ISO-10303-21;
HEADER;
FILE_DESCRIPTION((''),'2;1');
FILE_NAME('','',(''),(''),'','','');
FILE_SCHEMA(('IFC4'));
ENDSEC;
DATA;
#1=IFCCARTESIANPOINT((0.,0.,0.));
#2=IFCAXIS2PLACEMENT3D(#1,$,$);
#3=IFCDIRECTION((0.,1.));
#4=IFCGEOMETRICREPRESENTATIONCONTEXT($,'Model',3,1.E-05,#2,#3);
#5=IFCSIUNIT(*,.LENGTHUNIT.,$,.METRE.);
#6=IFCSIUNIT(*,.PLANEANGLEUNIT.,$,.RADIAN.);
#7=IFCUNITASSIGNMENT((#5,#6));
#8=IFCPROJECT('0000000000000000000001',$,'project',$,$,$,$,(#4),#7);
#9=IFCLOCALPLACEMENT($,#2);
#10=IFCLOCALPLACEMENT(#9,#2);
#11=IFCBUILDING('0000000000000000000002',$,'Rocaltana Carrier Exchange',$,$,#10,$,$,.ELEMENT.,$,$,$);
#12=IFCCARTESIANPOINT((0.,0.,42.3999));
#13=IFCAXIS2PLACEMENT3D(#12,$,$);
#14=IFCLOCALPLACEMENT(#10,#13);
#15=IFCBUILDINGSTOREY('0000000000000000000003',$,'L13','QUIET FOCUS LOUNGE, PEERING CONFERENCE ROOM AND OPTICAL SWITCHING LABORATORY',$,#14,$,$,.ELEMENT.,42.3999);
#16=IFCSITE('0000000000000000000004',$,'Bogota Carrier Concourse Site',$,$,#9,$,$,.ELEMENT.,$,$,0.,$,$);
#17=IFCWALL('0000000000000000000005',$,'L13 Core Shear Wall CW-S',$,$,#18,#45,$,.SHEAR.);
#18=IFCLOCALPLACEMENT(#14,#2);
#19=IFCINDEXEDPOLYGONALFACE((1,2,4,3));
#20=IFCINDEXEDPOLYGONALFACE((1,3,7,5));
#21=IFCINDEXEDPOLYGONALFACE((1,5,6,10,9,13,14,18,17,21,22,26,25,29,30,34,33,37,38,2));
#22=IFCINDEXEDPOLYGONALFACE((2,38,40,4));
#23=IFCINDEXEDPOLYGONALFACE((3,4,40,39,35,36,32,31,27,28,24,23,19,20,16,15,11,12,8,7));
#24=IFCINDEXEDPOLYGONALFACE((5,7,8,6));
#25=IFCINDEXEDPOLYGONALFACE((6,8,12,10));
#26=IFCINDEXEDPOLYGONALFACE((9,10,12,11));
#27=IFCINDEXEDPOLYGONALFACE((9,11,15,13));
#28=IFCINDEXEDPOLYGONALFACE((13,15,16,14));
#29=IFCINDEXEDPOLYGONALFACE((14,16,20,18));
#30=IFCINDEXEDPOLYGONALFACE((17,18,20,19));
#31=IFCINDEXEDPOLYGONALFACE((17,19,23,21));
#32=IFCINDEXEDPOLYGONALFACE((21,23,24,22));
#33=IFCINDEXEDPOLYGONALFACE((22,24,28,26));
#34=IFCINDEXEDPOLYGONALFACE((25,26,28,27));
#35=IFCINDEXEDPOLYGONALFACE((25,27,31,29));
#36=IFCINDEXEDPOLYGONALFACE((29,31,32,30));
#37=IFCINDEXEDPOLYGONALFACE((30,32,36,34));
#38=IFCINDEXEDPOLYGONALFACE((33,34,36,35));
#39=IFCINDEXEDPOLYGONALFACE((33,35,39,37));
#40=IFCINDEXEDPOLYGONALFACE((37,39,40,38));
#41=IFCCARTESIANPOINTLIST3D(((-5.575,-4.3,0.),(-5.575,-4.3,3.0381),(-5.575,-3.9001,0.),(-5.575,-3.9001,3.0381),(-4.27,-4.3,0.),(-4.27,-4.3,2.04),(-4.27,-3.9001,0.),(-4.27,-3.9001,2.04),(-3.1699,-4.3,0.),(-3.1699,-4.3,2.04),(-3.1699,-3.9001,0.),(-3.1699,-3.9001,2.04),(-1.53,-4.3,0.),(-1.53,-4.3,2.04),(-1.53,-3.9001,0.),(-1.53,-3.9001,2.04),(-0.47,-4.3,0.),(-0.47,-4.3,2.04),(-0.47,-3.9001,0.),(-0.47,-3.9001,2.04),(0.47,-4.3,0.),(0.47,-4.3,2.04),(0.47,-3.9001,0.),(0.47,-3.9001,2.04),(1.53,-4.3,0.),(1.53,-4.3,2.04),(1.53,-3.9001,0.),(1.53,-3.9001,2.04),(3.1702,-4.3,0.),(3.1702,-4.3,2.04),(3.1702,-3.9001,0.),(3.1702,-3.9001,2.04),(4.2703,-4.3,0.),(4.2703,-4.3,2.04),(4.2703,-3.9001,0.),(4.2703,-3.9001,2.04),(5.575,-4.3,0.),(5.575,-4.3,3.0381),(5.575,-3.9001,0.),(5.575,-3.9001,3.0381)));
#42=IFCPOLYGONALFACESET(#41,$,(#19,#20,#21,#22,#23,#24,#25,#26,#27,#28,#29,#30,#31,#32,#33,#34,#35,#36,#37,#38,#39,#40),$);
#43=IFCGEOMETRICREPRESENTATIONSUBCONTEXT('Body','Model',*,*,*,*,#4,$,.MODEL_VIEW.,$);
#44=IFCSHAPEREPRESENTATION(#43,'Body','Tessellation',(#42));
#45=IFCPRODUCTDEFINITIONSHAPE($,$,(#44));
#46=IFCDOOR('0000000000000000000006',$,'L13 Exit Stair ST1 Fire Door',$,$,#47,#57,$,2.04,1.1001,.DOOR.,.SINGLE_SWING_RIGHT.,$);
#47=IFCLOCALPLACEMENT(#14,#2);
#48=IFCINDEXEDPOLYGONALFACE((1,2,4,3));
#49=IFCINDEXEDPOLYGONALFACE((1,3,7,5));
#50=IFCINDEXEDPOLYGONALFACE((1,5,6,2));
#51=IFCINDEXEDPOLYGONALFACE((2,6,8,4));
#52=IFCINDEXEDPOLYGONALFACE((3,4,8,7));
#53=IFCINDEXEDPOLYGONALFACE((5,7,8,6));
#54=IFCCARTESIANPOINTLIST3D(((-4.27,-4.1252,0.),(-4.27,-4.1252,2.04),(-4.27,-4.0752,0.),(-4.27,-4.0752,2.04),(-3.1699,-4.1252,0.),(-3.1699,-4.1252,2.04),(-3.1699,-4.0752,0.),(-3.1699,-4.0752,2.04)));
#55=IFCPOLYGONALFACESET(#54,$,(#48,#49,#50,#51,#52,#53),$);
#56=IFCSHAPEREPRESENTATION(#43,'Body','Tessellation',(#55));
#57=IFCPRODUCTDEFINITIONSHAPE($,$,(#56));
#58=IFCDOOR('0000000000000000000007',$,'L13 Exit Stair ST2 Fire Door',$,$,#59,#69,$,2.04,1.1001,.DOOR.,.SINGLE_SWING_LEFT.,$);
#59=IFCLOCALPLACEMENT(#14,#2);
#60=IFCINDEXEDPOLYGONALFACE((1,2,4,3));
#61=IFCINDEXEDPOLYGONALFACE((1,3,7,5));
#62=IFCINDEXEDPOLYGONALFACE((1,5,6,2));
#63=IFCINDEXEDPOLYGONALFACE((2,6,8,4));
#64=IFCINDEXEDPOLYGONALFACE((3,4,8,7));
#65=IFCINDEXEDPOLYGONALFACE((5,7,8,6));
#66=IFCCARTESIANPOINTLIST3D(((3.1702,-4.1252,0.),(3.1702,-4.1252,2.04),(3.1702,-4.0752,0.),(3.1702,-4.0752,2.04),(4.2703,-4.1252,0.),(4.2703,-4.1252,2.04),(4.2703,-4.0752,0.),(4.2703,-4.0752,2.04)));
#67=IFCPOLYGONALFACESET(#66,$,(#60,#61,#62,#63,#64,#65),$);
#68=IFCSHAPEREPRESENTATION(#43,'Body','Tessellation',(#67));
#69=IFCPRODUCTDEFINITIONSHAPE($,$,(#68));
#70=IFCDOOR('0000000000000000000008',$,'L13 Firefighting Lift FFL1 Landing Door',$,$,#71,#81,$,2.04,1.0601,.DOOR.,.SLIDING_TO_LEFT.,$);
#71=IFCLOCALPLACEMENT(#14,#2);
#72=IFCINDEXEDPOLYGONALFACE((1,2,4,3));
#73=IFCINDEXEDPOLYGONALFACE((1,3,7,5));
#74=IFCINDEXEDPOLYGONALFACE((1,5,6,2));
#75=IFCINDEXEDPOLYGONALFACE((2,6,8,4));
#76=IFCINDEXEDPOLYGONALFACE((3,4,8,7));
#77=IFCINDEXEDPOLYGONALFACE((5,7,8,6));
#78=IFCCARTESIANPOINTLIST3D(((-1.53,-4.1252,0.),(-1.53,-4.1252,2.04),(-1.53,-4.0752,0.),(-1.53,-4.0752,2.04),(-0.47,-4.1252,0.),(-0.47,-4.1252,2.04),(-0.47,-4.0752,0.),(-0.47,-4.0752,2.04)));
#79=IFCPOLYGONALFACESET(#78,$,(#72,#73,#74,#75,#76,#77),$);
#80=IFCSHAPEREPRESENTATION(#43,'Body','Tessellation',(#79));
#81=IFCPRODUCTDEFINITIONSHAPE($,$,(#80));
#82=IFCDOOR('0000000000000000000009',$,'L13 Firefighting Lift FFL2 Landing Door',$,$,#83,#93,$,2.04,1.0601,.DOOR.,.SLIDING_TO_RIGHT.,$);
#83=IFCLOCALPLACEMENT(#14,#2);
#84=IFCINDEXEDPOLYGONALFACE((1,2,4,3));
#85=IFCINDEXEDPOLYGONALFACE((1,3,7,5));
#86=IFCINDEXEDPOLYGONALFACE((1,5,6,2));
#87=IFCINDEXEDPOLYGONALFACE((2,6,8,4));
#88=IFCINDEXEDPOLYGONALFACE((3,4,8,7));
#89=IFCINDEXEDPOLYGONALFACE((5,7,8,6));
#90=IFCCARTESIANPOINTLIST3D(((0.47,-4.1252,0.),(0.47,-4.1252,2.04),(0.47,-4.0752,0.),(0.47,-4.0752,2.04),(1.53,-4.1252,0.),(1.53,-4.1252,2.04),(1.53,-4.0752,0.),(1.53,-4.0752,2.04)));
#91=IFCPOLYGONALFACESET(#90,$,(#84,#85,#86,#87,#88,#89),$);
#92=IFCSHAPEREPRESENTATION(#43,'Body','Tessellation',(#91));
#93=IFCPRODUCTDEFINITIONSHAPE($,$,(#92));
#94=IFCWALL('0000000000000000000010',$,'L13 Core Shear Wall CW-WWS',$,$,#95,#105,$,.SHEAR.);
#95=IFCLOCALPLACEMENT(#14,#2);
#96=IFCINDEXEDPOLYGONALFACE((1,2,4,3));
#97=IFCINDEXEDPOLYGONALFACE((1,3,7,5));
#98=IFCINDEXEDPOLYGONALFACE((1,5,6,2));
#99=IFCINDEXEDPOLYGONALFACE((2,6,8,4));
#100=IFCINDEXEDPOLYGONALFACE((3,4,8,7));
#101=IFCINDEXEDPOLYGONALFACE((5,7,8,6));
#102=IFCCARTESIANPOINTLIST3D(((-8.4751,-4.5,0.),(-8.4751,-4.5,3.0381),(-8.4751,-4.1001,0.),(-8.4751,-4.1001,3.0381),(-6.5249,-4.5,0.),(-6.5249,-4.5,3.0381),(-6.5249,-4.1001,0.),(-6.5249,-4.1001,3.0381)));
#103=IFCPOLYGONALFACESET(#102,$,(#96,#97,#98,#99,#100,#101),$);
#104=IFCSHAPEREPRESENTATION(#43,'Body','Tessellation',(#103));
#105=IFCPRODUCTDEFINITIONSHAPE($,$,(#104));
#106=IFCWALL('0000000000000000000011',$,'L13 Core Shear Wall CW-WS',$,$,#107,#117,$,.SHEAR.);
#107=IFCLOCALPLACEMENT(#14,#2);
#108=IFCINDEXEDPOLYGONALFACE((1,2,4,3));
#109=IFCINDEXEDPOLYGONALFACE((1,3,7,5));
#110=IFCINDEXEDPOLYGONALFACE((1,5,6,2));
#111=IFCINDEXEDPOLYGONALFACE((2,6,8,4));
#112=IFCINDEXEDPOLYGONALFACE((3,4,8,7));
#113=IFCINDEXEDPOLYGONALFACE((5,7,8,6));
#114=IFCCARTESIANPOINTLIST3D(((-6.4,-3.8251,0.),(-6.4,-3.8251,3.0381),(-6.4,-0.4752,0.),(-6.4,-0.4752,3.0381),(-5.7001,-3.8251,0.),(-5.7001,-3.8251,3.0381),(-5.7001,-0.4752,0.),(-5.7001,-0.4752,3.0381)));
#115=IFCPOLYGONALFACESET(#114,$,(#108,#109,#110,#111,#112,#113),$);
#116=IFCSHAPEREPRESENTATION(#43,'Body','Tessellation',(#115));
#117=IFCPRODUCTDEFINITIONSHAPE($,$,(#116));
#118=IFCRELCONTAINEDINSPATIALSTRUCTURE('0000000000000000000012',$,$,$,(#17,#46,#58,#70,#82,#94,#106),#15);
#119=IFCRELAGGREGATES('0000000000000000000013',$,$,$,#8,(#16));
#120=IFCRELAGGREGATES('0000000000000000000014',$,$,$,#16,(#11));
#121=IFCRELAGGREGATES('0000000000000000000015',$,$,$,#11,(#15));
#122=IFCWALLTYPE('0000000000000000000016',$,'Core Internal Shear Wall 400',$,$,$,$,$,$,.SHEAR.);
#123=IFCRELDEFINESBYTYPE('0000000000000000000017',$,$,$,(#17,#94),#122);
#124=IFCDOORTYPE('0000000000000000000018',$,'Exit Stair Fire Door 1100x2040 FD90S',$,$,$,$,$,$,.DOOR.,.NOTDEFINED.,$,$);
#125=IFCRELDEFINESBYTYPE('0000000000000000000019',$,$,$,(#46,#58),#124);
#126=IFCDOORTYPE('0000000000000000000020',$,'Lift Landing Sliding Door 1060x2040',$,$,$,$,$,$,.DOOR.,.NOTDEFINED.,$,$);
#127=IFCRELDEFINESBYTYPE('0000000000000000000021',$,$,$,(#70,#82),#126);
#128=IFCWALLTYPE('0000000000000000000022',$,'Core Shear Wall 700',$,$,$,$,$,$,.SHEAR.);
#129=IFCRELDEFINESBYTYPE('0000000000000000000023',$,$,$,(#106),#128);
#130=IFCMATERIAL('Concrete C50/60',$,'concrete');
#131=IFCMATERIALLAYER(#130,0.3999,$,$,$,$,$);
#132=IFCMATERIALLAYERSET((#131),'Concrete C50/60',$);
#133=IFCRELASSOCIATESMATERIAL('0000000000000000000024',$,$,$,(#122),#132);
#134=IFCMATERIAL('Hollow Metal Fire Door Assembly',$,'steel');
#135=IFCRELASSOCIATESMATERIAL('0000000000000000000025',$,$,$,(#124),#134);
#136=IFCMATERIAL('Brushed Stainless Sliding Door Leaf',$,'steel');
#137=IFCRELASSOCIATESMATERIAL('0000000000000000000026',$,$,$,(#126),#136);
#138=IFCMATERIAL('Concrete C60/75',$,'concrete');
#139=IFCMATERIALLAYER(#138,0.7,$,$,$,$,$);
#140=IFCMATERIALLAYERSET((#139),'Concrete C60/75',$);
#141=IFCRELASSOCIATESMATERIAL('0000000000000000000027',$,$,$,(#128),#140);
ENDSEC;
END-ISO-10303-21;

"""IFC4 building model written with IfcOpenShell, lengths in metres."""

from ifc_helpers import new_model, si_unit, direction, frame, frame_2d, origin, place, context, subcontext, project, spatial, rectangle, extrude, material, layer, layer_set, type_object, element, fill, save


model = new_model("IFC4")

# Units and contexts
model_context = context("Model", 3, precision=1e-05, world=origin(), true_north=direction((0.0, 1.0)))
body_context = subcontext(model_context, "Body", "Model", "MODEL_VIEW")
ifc_project = project(units=[si_unit("LENGTHUNIT", "METRE"), si_unit("PLANEANGLEUNIT", "RADIAN")], contexts=[model_context])

# Site, building, storey
site_placement = place(None, origin())
site = spatial("IfcSite", under=ifc_project, at=site_placement, Name="Bogota Carrier Concourse Site", CompositionType="ELEMENT", RefElevation=0.0)
building_placement = place(site_placement, origin())
building = spatial("IfcBuilding", under=site, at=building_placement, Name="Rocaltana Carrier Exchange", CompositionType="ELEMENT")
storey_placement = place(building_placement, frame((0.0, 0.0, 42.3999)))
storey = spatial("IfcBuildingStorey", under=building, at=storey_placement, Name="L13", Description="QUIET FOCUS LOUNGE, PEERING CONFERENCE ROOM AND OPTICAL SWITCHING LABORATORY", CompositionType="ELEMENT", Elevation=42.3999)

# Wall, openings, doors
ifc_material_1 = material(Name="Concrete C50/60", Category="concrete")
ifc_layer_1 = layer(ifc_material_1, 0.3999)
ifc_layer_set_1 = layer_set([ifc_layer_1], Name="Concrete C50/60")
wall_type_1 = type_object("IfcWallType", Name="Core Internal Shear Wall 400", PredefinedType="SHEAR", material=ifc_layer_set_1)
wall_1_placement = place(storey_placement, frame((-5.575, -4.1001, 0.0), z_axis=(0.0, 0.0, 1.0), x_axis=(1.0, 0.0, 0.0)))
wall_1 = element("IfcWall", 1, at=wall_1_placement, inside=storey, type_object=wall_type_1, Name="L13 Core Shear Wall CW-S", PredefinedType="SHEAR", context=body_context, shape_type="SweptSolid", body=[
    extrude(rectangle(XDim=11.1499, YDim=0.3999, at=frame_2d((5.575, 0.0))), origin(), (0.0, 0.0, 1.0), 3.0381),
])
opening_1_placement = place(wall_1_placement, frame((1.3049, 0.0, 0.0)))
opening_1 = element("IfcOpeningElement", 2, at=opening_1_placement, cuts=wall_1, PredefinedType="OPENING", context=body_context, shape_type="SweptSolid", body=[
    extrude(rectangle(XDim=1.1001, YDim=2.04, at=frame_2d((0.55, 1.02))), frame((0.0, 0.21, 0.0), z_axis=(0.0, -1.0, 0.0), x_axis=(1.0, 0.0, 0.0)), (0.0, 0.0, 1.0), 0.4199),
])
opening_2_placement = place(wall_1_placement, frame((8.7451, 0.0, 0.0)))
opening_2 = element("IfcOpeningElement", 3, at=opening_2_placement, cuts=wall_1, PredefinedType="OPENING", context=body_context, shape_type="SweptSolid", body=[
    extrude(rectangle(XDim=1.1001, YDim=2.04, at=frame_2d((0.55, 1.02))), frame((0.0, 0.21, 0.0), z_axis=(0.0, -1.0, 0.0), x_axis=(1.0, 0.0, 0.0)), (0.0, 0.0, 1.0), 0.4199),
])
opening_3_placement = place(wall_1_placement, frame((4.0449, 0.0, 0.0)))
opening_3 = element("IfcOpeningElement", 4, at=opening_3_placement, cuts=wall_1, PredefinedType="OPENING", context=body_context, shape_type="SweptSolid", body=[
    extrude(rectangle(XDim=1.0601, YDim=2.04, at=frame_2d((0.53, 1.02))), frame((0.0, 0.21, 0.0), z_axis=(0.0, -1.0, 0.0), x_axis=(1.0, 0.0, 0.0)), (0.0, 0.0, 1.0), 0.4199),
])
opening_4_placement = place(wall_1_placement, frame((6.0449, 0.0, 0.0)))
opening_4 = element("IfcOpeningElement", 5, at=opening_4_placement, cuts=wall_1, PredefinedType="OPENING", context=body_context, shape_type="SweptSolid", body=[
    extrude(rectangle(XDim=1.0601, YDim=2.04, at=frame_2d((0.53, 1.02))), frame((0.0, 0.21, 0.0), z_axis=(0.0, -1.0, 0.0), x_axis=(1.0, 0.0, 0.0)), (0.0, 0.0, 1.0), 0.4199),
])
ifc_material_2 = material(Name="Hollow Metal Fire Door Assembly", Category="steel")
door_type_1 = type_object("IfcDoorType", Name="Exit Stair Fire Door 1100x2040 FD90S", OperationType="NOTDEFINED", PredefinedType="DOOR", material=ifc_material_2)
door_1_placement = place(opening_1_placement, origin())
door_1 = element("IfcDoor", 6, at=door_1_placement, inside=storey, type_object=door_type_1, Name="L13 Exit Stair ST1 Fire Door", OperationType="SINGLE_SWING_RIGHT", OverallHeight=2.04, OverallWidth=1.1001, PredefinedType="DOOR", context=body_context, shape_type="SweptSolid", body=[
    extrude(rectangle(XDim=1.1001, YDim=2.04, at=frame_2d((0.55, 1.02))), frame((0.0, 0.0249, 0.0), z_axis=(0.0, -1.0, 0.0), x_axis=(1.0, 0.0, 0.0)), (0.0, 0.0, 1.0), 0.05),
])
fill(opening_1, door_1)
door_2_placement = place(opening_2_placement, origin())
door_2 = element("IfcDoor", 7, at=door_2_placement, inside=storey, type_object=door_type_1, Name="L13 Exit Stair ST2 Fire Door", OperationType="SINGLE_SWING_LEFT", OverallHeight=2.04, OverallWidth=1.1001, PredefinedType="DOOR", context=body_context, shape_type="SweptSolid", body=[
    extrude(rectangle(XDim=1.1001, YDim=2.04, at=frame_2d((0.55, 1.02))), frame((0.0, 0.0249, 0.0), z_axis=(0.0, -1.0, 0.0), x_axis=(1.0, 0.0, 0.0)), (0.0, 0.0, 1.0), 0.05),
])
fill(opening_2, door_2)
ifc_material_3 = material(Name="Brushed Stainless Sliding Door Leaf", Category="steel")
door_type_2 = type_object("IfcDoorType", Name="Lift Landing Sliding Door 1060x2040", OperationType="NOTDEFINED", PredefinedType="DOOR", material=ifc_material_3)
door_3_placement = place(opening_3_placement, origin())
door_3 = element("IfcDoor", 8, at=door_3_placement, inside=storey, type_object=door_type_2, Name="L13 Firefighting Lift FFL1 Landing Door", OperationType="SLIDING_TO_LEFT", OverallHeight=2.04, OverallWidth=1.0601, PredefinedType="DOOR", context=body_context, shape_type="SweptSolid", body=[
    extrude(rectangle(XDim=1.0601, YDim=2.04, at=frame_2d((0.53, 1.02))), frame((0.0, 0.0249, 0.0), z_axis=(0.0, -1.0, 0.0), x_axis=(1.0, 0.0, 0.0)), (0.0, 0.0, 1.0), 0.05),
])
fill(opening_3, door_3)
door_4_placement = place(opening_4_placement, origin())
door_4 = element("IfcDoor", 9, at=door_4_placement, inside=storey, type_object=door_type_2, Name="L13 Firefighting Lift FFL2 Landing Door", OperationType="SLIDING_TO_RIGHT", OverallHeight=2.04, OverallWidth=1.0601, PredefinedType="DOOR", context=body_context, shape_type="SweptSolid", body=[
    extrude(rectangle(XDim=1.0601, YDim=2.04, at=frame_2d((0.53, 1.02))), frame((0.0, 0.0249, 0.0), z_axis=(0.0, -1.0, 0.0), x_axis=(1.0, 0.0, 0.0)), (0.0, 0.0, 1.0), 0.05),
])
fill(opening_4, door_4)

# Walls
wall_2_placement = place(storey_placement, frame((-8.4751, -4.3, 0.0), z_axis=(0.0, 0.0, 1.0), x_axis=(1.0, 0.0, 0.0)))
element("IfcWall", 10, at=wall_2_placement, inside=storey, type_object=wall_type_1, Name="L13 Core Shear Wall CW-WWS", PredefinedType="SHEAR", context=body_context, shape_type="SweptSolid", body=[
    extrude(rectangle(XDim=1.9502, YDim=0.3999, at=frame_2d((0.9751, 0.0))), origin(), (0.0, 0.0, 1.0), 3.0381),
])
ifc_material_4 = material(Name="Concrete C60/75", Category="concrete")
ifc_layer_2 = layer(ifc_material_4, 0.7)
ifc_layer_set_2 = layer_set([ifc_layer_2], Name="Concrete C60/75")
wall_type_2 = type_object("IfcWallType", Name="Core Shear Wall 700", PredefinedType="SHEAR", material=ifc_layer_set_2)
wall_3_placement = place(storey_placement, frame((-6.05, -3.825, 0.0), z_axis=(0.0, 0.0, 1.0), x_axis=(0.0, 1.0, 0.0)))
element("IfcWall", 11, at=wall_3_placement, inside=storey, type_object=wall_type_2, Name="L13 Core Shear Wall CW-WS", PredefinedType="SHEAR", context=body_context, shape_type="SweptSolid", body=[
    extrude(rectangle(XDim=3.3499, YDim=0.7, at=frame_2d((1.6748, 0.0))), origin(), (0.0, 0.0, 1.0), 3.0381),
])

save(model, "model.ifc")
